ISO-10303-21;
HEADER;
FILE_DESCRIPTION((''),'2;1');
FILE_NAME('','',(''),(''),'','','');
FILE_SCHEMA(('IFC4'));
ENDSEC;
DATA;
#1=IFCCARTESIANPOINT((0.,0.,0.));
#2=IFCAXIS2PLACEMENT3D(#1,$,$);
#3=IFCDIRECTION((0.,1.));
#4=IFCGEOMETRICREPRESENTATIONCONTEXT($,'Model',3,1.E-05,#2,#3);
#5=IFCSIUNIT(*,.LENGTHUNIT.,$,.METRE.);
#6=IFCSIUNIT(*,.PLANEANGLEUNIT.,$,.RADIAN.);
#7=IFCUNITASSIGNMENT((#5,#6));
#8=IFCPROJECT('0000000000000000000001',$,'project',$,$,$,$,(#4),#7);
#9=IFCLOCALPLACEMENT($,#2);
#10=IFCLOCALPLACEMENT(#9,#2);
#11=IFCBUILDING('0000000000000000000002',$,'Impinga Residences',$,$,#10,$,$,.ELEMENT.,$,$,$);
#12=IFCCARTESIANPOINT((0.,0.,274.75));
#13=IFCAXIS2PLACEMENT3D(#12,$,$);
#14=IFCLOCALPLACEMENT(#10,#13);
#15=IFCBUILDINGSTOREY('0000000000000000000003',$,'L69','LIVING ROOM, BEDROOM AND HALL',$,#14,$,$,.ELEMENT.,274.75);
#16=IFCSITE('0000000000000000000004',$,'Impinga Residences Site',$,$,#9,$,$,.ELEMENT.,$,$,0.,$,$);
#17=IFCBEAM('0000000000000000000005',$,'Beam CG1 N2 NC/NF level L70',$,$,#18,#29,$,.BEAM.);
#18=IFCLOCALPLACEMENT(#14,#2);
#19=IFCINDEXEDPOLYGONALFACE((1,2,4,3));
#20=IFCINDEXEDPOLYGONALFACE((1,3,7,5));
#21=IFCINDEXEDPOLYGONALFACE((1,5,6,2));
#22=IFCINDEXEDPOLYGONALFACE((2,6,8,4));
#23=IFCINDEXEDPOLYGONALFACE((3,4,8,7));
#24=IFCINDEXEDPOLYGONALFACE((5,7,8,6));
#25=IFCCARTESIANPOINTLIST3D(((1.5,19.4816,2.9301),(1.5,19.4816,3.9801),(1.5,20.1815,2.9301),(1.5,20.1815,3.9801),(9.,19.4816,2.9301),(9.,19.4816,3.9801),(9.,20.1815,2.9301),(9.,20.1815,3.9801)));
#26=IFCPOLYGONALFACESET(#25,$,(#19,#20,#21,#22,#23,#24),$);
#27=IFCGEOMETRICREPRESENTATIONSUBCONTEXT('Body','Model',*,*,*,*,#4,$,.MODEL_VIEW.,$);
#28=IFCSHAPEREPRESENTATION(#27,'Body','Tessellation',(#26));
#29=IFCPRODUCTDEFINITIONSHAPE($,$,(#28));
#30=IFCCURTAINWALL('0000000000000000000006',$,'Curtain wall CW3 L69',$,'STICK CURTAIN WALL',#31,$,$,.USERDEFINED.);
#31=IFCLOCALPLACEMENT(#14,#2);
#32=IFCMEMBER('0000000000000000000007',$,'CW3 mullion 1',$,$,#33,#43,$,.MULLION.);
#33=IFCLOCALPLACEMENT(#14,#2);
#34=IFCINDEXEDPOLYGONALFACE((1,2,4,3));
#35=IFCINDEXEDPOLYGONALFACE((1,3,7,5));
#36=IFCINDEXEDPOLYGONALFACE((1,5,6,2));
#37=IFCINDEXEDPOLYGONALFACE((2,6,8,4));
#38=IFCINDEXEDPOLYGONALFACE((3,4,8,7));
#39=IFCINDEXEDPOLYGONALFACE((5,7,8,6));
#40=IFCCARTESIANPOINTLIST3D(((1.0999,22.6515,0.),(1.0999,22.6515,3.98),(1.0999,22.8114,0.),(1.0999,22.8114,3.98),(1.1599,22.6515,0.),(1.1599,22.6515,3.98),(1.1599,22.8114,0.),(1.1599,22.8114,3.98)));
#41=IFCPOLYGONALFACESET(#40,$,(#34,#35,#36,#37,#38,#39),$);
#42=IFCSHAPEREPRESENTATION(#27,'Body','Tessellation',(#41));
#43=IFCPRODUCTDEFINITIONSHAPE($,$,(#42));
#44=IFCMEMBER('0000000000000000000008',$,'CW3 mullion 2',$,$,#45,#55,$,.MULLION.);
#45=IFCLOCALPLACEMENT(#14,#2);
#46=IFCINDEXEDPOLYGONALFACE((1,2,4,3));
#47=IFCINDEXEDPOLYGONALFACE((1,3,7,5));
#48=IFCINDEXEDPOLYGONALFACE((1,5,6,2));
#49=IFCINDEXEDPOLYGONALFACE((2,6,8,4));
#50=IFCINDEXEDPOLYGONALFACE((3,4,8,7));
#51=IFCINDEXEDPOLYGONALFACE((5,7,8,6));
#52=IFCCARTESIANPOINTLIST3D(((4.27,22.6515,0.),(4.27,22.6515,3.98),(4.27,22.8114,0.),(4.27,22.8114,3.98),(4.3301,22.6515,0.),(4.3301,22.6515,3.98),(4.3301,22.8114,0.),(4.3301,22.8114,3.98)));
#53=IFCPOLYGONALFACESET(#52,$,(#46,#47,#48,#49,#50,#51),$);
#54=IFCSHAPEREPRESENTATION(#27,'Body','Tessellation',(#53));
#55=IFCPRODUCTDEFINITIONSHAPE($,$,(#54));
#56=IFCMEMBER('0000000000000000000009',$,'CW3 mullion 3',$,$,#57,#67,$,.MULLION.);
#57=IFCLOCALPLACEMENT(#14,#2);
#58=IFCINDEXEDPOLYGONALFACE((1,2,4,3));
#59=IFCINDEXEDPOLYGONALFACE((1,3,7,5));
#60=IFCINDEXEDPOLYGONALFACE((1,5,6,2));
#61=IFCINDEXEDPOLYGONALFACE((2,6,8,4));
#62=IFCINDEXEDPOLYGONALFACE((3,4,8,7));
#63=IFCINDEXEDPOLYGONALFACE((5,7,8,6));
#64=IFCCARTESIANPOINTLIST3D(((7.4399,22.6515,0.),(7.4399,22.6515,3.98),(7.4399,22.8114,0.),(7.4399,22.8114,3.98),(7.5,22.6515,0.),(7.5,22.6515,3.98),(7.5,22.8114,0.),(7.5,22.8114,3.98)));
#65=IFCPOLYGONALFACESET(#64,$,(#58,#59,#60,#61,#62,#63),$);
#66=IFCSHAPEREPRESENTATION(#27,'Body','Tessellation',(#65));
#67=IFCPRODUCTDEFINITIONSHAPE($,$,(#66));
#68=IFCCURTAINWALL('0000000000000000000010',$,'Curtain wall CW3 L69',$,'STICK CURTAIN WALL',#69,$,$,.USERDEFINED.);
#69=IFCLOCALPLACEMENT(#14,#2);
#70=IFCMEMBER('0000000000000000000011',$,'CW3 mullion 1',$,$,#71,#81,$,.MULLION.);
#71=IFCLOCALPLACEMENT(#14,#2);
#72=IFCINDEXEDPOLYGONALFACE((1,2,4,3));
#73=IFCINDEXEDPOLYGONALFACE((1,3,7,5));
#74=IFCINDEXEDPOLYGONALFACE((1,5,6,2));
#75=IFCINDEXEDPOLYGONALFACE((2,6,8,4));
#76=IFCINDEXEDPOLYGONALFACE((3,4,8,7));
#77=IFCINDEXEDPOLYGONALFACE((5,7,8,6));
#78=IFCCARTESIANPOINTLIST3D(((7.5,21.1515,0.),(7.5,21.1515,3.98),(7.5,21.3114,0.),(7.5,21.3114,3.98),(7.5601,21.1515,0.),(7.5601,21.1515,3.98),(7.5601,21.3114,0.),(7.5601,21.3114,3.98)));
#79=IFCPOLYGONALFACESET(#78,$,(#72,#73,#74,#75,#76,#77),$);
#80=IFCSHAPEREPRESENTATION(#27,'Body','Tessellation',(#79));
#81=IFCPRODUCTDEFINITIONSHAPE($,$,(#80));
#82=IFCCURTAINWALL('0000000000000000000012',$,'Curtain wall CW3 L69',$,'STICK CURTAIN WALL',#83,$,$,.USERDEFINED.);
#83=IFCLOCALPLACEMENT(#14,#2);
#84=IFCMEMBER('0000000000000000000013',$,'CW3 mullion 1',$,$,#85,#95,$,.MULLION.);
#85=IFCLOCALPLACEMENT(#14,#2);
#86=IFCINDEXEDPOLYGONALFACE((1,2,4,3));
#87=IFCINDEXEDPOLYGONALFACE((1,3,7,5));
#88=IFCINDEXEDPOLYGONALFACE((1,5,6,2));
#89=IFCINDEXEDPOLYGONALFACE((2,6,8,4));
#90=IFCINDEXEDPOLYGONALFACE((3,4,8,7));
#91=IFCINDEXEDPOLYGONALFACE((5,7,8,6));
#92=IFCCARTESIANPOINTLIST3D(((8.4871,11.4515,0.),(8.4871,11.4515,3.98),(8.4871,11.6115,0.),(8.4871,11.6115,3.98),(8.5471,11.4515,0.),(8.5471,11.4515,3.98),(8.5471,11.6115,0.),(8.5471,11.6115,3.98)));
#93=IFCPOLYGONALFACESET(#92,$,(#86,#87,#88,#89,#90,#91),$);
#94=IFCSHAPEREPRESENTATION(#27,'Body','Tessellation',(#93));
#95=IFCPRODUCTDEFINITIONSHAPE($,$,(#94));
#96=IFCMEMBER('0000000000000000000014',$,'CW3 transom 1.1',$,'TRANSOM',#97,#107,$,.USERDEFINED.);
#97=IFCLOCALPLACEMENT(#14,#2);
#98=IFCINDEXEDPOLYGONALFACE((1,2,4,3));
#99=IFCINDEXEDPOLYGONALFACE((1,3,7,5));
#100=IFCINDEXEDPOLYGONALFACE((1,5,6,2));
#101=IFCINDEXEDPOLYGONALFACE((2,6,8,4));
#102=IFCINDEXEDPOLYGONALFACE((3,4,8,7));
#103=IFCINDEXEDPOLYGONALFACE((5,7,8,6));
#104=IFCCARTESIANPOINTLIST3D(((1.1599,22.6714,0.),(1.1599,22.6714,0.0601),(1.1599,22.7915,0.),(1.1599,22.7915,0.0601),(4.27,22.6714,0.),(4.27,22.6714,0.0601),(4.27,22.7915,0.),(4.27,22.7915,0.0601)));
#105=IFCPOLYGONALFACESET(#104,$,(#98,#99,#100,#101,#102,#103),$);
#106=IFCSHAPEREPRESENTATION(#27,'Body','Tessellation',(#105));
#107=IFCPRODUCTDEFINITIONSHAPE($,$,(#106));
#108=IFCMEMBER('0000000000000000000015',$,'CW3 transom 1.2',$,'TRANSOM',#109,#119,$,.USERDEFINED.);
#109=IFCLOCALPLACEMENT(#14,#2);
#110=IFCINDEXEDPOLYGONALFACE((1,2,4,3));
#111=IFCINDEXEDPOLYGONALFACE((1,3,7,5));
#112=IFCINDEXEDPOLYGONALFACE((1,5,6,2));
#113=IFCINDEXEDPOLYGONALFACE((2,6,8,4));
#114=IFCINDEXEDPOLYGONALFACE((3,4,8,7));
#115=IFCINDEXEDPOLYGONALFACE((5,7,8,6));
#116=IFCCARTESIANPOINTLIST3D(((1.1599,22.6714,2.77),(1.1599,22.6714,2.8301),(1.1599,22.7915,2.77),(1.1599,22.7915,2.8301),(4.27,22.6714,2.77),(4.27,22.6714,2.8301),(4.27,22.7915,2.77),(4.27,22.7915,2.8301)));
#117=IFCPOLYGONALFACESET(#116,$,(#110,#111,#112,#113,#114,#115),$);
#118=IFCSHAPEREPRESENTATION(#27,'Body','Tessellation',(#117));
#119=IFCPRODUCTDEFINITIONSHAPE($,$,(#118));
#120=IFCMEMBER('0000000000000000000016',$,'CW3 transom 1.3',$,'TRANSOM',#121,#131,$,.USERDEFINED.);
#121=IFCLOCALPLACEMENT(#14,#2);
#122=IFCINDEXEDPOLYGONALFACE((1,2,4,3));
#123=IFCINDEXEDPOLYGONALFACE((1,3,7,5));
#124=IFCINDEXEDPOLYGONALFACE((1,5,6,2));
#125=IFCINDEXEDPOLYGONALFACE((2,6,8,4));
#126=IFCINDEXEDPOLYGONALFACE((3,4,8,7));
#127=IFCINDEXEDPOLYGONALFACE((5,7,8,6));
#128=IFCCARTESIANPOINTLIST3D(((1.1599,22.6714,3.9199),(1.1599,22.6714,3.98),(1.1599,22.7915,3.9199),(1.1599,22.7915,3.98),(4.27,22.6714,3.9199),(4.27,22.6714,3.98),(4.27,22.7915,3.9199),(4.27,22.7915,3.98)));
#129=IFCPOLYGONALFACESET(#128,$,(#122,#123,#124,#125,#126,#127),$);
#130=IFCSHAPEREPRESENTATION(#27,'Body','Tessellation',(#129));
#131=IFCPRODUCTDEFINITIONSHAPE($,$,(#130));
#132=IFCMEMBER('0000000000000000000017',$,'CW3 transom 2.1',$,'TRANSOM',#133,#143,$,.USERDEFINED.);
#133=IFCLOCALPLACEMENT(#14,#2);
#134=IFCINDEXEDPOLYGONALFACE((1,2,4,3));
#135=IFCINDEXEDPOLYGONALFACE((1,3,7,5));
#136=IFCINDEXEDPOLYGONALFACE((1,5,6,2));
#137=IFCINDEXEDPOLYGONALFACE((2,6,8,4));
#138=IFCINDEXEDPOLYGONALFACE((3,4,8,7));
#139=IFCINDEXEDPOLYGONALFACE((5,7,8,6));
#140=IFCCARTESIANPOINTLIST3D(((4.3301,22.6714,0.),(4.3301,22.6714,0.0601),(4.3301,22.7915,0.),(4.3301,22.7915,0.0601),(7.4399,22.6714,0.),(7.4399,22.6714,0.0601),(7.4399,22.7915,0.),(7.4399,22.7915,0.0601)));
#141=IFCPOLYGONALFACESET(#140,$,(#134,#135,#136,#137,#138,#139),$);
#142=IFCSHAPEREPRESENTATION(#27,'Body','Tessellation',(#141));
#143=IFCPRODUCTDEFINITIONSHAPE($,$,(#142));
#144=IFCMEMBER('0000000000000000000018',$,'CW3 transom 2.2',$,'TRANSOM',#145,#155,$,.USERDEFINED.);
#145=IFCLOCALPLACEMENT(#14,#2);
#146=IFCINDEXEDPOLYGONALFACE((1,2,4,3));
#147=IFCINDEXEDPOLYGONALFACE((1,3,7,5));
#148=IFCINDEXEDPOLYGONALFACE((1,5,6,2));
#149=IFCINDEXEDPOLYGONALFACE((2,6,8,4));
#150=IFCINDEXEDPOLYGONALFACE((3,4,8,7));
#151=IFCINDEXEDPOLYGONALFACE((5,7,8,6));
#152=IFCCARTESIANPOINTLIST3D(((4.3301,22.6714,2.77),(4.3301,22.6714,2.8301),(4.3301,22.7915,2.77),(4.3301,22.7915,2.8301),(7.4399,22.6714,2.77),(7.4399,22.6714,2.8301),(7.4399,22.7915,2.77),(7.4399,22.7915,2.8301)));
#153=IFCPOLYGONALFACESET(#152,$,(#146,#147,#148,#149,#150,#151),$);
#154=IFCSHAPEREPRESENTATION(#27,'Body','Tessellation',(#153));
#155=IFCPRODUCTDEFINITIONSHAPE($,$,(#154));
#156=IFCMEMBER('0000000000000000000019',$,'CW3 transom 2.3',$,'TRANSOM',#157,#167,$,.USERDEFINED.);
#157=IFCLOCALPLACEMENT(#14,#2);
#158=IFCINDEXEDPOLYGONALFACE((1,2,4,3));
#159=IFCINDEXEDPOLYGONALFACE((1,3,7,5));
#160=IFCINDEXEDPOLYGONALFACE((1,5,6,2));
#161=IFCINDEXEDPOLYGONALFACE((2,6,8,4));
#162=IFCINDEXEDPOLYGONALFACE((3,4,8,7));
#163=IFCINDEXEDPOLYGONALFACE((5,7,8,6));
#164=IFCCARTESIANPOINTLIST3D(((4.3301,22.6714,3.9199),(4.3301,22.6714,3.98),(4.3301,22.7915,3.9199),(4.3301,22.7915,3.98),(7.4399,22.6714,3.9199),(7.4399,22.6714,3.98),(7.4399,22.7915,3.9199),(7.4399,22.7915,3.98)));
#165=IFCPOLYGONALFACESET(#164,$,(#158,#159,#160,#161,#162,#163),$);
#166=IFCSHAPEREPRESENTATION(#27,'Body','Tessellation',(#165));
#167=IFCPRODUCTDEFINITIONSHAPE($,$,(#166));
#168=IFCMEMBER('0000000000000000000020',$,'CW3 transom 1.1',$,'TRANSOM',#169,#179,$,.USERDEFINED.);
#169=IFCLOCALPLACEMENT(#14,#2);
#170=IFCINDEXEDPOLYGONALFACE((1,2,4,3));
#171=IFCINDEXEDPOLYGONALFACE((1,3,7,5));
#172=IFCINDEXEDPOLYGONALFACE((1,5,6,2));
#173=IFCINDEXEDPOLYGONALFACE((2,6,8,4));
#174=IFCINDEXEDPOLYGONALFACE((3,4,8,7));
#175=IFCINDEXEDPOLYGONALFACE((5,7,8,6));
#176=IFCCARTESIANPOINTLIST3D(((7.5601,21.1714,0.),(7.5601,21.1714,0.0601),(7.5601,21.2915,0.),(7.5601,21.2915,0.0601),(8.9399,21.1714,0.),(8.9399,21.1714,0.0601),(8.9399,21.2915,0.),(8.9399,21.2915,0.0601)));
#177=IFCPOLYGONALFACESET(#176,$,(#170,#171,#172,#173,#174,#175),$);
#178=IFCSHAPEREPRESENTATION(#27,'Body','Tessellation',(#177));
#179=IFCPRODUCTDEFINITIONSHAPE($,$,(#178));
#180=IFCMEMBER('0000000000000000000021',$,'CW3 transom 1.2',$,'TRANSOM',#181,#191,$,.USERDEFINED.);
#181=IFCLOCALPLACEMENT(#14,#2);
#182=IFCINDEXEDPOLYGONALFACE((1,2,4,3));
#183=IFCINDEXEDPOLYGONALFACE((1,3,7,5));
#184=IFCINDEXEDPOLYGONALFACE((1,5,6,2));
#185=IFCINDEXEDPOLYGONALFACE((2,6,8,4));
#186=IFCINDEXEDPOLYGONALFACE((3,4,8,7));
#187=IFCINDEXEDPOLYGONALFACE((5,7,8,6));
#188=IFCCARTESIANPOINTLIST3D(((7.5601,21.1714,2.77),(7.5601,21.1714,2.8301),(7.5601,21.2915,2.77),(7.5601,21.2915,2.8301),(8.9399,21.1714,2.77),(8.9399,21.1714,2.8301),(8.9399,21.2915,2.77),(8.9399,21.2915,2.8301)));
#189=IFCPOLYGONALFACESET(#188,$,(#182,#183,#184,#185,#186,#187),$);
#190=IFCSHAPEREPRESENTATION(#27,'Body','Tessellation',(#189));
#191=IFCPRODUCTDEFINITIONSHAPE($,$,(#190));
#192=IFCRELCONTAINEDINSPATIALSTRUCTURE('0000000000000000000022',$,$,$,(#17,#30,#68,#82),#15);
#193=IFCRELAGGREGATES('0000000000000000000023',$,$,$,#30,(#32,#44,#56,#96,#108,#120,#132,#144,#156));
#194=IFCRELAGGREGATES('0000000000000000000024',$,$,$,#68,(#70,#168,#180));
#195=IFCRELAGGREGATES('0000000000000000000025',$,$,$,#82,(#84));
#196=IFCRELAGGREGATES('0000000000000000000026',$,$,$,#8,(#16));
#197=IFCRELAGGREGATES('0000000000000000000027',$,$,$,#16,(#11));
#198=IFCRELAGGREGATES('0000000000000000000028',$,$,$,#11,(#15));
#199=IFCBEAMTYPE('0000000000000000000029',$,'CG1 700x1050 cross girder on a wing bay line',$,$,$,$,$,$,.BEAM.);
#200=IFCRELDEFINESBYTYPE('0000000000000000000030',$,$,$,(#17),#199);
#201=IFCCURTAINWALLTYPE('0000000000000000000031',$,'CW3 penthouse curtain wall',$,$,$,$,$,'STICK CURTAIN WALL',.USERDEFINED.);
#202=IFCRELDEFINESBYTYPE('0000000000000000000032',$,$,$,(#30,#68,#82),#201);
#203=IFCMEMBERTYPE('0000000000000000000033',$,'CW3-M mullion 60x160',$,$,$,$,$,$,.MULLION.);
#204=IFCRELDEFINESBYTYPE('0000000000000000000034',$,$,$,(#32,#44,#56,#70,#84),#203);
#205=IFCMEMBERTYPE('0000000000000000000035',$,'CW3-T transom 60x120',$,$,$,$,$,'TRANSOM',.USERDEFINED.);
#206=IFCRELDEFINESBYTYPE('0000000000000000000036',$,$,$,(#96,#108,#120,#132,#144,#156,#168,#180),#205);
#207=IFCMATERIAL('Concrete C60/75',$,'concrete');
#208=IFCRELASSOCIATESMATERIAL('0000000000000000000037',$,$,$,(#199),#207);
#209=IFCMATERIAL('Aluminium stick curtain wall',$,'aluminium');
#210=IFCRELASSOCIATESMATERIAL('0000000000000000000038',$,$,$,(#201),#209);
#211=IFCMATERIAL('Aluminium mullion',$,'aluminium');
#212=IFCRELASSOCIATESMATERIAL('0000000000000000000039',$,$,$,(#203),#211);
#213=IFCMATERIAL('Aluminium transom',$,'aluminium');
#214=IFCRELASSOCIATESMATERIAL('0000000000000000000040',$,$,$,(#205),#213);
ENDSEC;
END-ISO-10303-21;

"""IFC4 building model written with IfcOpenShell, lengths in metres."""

from ifc_helpers import new_model, si_unit, direction, frame, origin, origin_2d, place, context, subcontext, project, spatial, rectangle, extrude, material, material_profile, profile_set, type_object, element, aggregate, save


model = new_model("IFC4")

# Units and contexts
model_context = context("Model", 3, precision=1e-05, world=origin(), true_north=direction((0.0, 1.0)))
body_context = subcontext(model_context, "Body", "Model", "MODEL_VIEW")
ifc_project = project(units=[si_unit("LENGTHUNIT", "METRE"), si_unit("PLANEANGLEUNIT", "RADIAN")], contexts=[model_context])

# Site, building, storey
site_placement = place(None, origin())
site = spatial("IfcSite", under=ifc_project, at=site_placement, Name="Impinga Residences Site", CompositionType="ELEMENT", RefElevation=0.0)
building_placement = place(site_placement, origin())
building = spatial("IfcBuilding", under=site, at=building_placement, Name="Impinga Residences", CompositionType="ELEMENT")
storey_placement = place(building_placement, frame((0.0, 0.0, 274.75)))
storey = spatial("IfcBuildingStorey", under=building, at=storey_placement, Name="L69", Description="LIVING ROOM, BEDROOM AND HALL", CompositionType="ELEMENT", Elevation=274.75)

# Beam
ifc_material_1 = material(Name="Concrete C60/75", Category="concrete")
ifc_material_profile_1 = material_profile(ifc_material_1, rectangle(XDim=0.7, YDim=1.05, at=origin_2d()), Name="RC 700x1050")
ifc_profile_set_1 = profile_set([ifc_material_profile_1], Name="Concrete C60/75")
beam_type_1 = type_object("IfcBeamType", Name="CG1 700x1050 cross girder on a wing bay line", PredefinedType="BEAM", material=ifc_profile_set_1)
beam_1_placement = place(storey_placement, frame((1.5, 19.8315, 3.4551), z_axis=(1.0, 0.0, 0.0), x_axis=(0.0, 1.0, 0.0)))
element("IfcBeam", 1, at=beam_1_placement, inside=storey, type_object=beam_type_1, Name="Beam CG1 N2 NC/NF level L70", PredefinedType="BEAM", context=body_context, shape_type="SweptSolid", body=[
    extrude(rectangle(XDim=0.7, YDim=1.05, at=origin_2d()), origin(), (0.0, 0.0, 1.0), 7.5),
])

# Curtain wall, members
ifc_material_2 = material(Name="Aluminium stick curtain wall", Category="aluminium")
curtain_wall_type = type_object("IfcCurtainWallType", Name="CW3 penthouse curtain wall", ElementType="STICK CURTAIN WALL", PredefinedType="USERDEFINED", material=ifc_material_2)
curtain_wall_1_placement = place(storey_placement, origin())
curtain_wall_1 = element("IfcCurtainWall", 2, at=curtain_wall_1_placement, inside=storey, type_object=curtain_wall_type, Name="Curtain wall CW3 L69", ObjectType="STICK CURTAIN WALL", PredefinedType="USERDEFINED")
ifc_material_3 = material(Name="Aluminium mullion", Category="aluminium")
ifc_material_profile_2 = material_profile(ifc_material_3, rectangle(XDim=0.0601, YDim=0.1599, at=origin_2d()), Name="60x160 mullion")
ifc_profile_set_2 = profile_set([ifc_material_profile_2], Name="Aluminium mullion")
member_type_1 = type_object("IfcMemberType", Name="CW3-M mullion 60x160", PredefinedType="MULLION", material=ifc_profile_set_2)
member_1_placement = place(storey_placement, frame((1.1299, 22.7314, 0.0), z_axis=(0.0, 0.0, 1.0), x_axis=(1.0, 0.0, 0.0)))
member_1 = element("IfcMember", 3, at=member_1_placement, type_object=member_type_1, Name="CW3 mullion 1", PredefinedType="MULLION", context=body_context, shape_type="SweptSolid", body=[
    extrude(rectangle(XDim=0.0601, YDim=0.1599, at=origin_2d()), origin(), (0.0, 0.0, 1.0), 3.98),
])
member_2_placement = place(storey_placement, frame((4.3, 22.7314, 0.0), z_axis=(0.0, 0.0, 1.0), x_axis=(1.0, 0.0, 0.0)))
member_2 = element("IfcMember", 4, at=member_2_placement, type_object=member_type_1, Name="CW3 mullion 2", PredefinedType="MULLION", context=body_context, shape_type="SweptSolid", body=[
    extrude(rectangle(XDim=0.0601, YDim=0.1599, at=origin_2d()), origin(), (0.0, 0.0, 1.0), 3.98),
])
member_3_placement = place(storey_placement, frame((7.47, 22.7314, 0.0), z_axis=(0.0, 0.0, 1.0), x_axis=(1.0, 0.0, 0.0)))
member_3 = element("IfcMember", 5, at=member_3_placement, type_object=member_type_1, Name="CW3 mullion 3", PredefinedType="MULLION", context=body_context, shape_type="SweptSolid", body=[
    extrude(rectangle(XDim=0.0601, YDim=0.1599, at=origin_2d()), origin(), (0.0, 0.0, 1.0), 3.98),
])

# Curtain walls, members
curtain_wall_2_placement = place(storey_placement, origin())
curtain_wall_2 = element("IfcCurtainWall", 6, at=curtain_wall_2_placement, inside=storey, type_object=curtain_wall_type, Name="Curtain wall CW3 L69", ObjectType="STICK CURTAIN WALL", PredefinedType="USERDEFINED")
member_4_placement = place(storey_placement, frame((7.53, 21.2314, 0.0), z_axis=(0.0, 0.0, 1.0), x_axis=(1.0, 0.0, 0.0)))
member_4 = element("IfcMember", 7, at=member_4_placement, type_object=member_type_1, Name="CW3 mullion 1", PredefinedType="MULLION", context=body_context, shape_type="SweptSolid", body=[
    extrude(rectangle(XDim=0.0601, YDim=0.1599, at=origin_2d()), origin(), (0.0, 0.0, 1.0), 3.98),
])
curtain_wall_3_placement = place(storey_placement, origin())
curtain_wall_3 = element("IfcCurtainWall", 8, at=curtain_wall_3_placement, inside=storey, type_object=curtain_wall_type, Name="Curtain wall CW3 L69", ObjectType="STICK CURTAIN WALL", PredefinedType="USERDEFINED")
member_5_placement = place(storey_placement, frame((8.5171, 11.5315, 0.0), z_axis=(0.0, 0.0, 1.0), x_axis=(-1.0, 0.0, 0.0)))
member_5 = element("IfcMember", 9, at=member_5_placement, type_object=member_type_1, Name="CW3 mullion 1", PredefinedType="MULLION", context=body_context, shape_type="SweptSolid", body=[
    extrude(rectangle(XDim=0.0601, YDim=0.1599, at=origin_2d()), origin(), (0.0, 0.0, 1.0), 3.98),
])

# Members
ifc_material_4 = material(Name="Aluminium transom", Category="aluminium")
ifc_material_profile_3 = material_profile(ifc_material_4, rectangle(XDim=0.0601, YDim=0.1201, at=origin_2d()), Name="60x120 transom")
ifc_profile_set_3 = profile_set([ifc_material_profile_3], Name="Aluminium transom")
member_type_2 = type_object("IfcMemberType", Name="CW3-T transom 60x120", ElementType="TRANSOM", PredefinedType="USERDEFINED", material=ifc_profile_set_3)
member_6_placement = place(storey_placement, frame((1.1599, 22.7314, 0.03), z_axis=(1.0, 0.0, 0.0), x_axis=(0.0, 0.0, 1.0)))
member_6 = element("IfcMember", 10, at=member_6_placement, type_object=member_type_2, Name="CW3 transom 1.1", ObjectType="TRANSOM", PredefinedType="USERDEFINED", context=body_context, shape_type="SweptSolid", body=[
    extrude(rectangle(XDim=0.0601, YDim=0.1201, at=origin_2d()), origin(), (0.0, 0.0, 1.0), 3.1101),
])
member_7_placement = place(storey_placement, frame((1.1599, 22.7314, 2.8), z_axis=(1.0, 0.0, 0.0), x_axis=(0.0, 0.0, 1.0)))
member_7 = element("IfcMember", 11, at=member_7_placement, type_object=member_type_2, Name="CW3 transom 1.2", ObjectType="TRANSOM", PredefinedType="USERDEFINED", context=body_context, shape_type="SweptSolid", body=[
    extrude(rectangle(XDim=0.0601, YDim=0.1201, at=origin_2d()), origin(), (0.0, 0.0, 1.0), 3.1101),
])
member_8_placement = place(storey_placement, frame((1.1599, 22.7314, 3.95), z_axis=(1.0, 0.0, 0.0), x_axis=(0.0, 0.0, 1.0)))
member_8 = element("IfcMember", 12, at=member_8_placement, type_object=member_type_2, Name="CW3 transom 1.3", ObjectType="TRANSOM", PredefinedType="USERDEFINED", context=body_context, shape_type="SweptSolid", body=[
    extrude(rectangle(XDim=0.0601, YDim=0.1201, at=origin_2d()), origin(), (0.0, 0.0, 1.0), 3.1101),
])
member_9_placement = place(storey_placement, frame((4.3301, 22.7314, 0.03), z_axis=(1.0, 0.0, 0.0), x_axis=(0.0, 0.0, 1.0)))
member_9 = element("IfcMember", 13, at=member_9_placement, type_object=member_type_2, Name="CW3 transom 2.1", ObjectType="TRANSOM", PredefinedType="USERDEFINED", context=body_context, shape_type="SweptSolid", body=[
    extrude(rectangle(XDim=0.0601, YDim=0.1201, at=origin_2d()), origin(), (0.0, 0.0, 1.0), 3.1099),
])
member_10_placement = place(storey_placement, frame((4.3301, 22.7314, 2.8), z_axis=(1.0, 0.0, 0.0), x_axis=(0.0, 0.0, 1.0)))
member_10 = element("IfcMember", 14, at=member_10_placement, type_object=member_type_2, Name="CW3 transom 2.2", ObjectType="TRANSOM", PredefinedType="USERDEFINED", context=body_context, shape_type="SweptSolid", body=[
    extrude(rectangle(XDim=0.0601, YDim=0.1201, at=origin_2d()), origin(), (0.0, 0.0, 1.0), 3.1099),
])
member_11_placement = place(storey_placement, frame((4.3301, 22.7314, 3.95), z_axis=(1.0, 0.0, 0.0), x_axis=(0.0, 0.0, 1.0)))
member_11 = element("IfcMember", 15, at=member_11_placement, type_object=member_type_2, Name="CW3 transom 2.3", ObjectType="TRANSOM", PredefinedType="USERDEFINED", context=body_context, shape_type="SweptSolid", body=[
    extrude(rectangle(XDim=0.0601, YDim=0.1201, at=origin_2d()), origin(), (0.0, 0.0, 1.0), 3.1099),
])
member_12_placement = place(storey_placement, frame((7.5601, 21.2314, 0.03), z_axis=(1.0, 0.0, 0.0), x_axis=(0.0, 0.0, 1.0)))
member_12 = element("IfcMember", 16, at=member_12_placement, type_object=member_type_2, Name="CW3 transom 1.1", ObjectType="TRANSOM", PredefinedType="USERDEFINED", context=body_context, shape_type="SweptSolid", body=[
    extrude(rectangle(XDim=0.0601, YDim=0.1201, at=origin_2d()), origin(), (0.0, 0.0, 1.0), 1.3799),
])
member_13_placement = place(storey_placement, frame((7.5601, 21.2314, 2.8), z_axis=(1.0, 0.0, 0.0), x_axis=(0.0, 0.0, 1.0)))
member_13 = element("IfcMember", 17, at=member_13_placement, type_object=member_type_2, Name="CW3 transom 1.2", ObjectType="TRANSOM", PredefinedType="USERDEFINED", context=body_context, shape_type="SweptSolid", body=[
    extrude(rectangle(XDim=0.0601, YDim=0.1201, at=origin_2d()), origin(), (0.0, 0.0, 1.0), 1.3799),
])

aggregate(curtain_wall_1, [member_1, member_2, member_3, member_6, member_7, member_8, member_9, member_10, member_11])
aggregate(curtain_wall_2, [member_4, member_12, member_13])
aggregate(curtain_wall_3, [member_5])

save(model, "model.ifc")
